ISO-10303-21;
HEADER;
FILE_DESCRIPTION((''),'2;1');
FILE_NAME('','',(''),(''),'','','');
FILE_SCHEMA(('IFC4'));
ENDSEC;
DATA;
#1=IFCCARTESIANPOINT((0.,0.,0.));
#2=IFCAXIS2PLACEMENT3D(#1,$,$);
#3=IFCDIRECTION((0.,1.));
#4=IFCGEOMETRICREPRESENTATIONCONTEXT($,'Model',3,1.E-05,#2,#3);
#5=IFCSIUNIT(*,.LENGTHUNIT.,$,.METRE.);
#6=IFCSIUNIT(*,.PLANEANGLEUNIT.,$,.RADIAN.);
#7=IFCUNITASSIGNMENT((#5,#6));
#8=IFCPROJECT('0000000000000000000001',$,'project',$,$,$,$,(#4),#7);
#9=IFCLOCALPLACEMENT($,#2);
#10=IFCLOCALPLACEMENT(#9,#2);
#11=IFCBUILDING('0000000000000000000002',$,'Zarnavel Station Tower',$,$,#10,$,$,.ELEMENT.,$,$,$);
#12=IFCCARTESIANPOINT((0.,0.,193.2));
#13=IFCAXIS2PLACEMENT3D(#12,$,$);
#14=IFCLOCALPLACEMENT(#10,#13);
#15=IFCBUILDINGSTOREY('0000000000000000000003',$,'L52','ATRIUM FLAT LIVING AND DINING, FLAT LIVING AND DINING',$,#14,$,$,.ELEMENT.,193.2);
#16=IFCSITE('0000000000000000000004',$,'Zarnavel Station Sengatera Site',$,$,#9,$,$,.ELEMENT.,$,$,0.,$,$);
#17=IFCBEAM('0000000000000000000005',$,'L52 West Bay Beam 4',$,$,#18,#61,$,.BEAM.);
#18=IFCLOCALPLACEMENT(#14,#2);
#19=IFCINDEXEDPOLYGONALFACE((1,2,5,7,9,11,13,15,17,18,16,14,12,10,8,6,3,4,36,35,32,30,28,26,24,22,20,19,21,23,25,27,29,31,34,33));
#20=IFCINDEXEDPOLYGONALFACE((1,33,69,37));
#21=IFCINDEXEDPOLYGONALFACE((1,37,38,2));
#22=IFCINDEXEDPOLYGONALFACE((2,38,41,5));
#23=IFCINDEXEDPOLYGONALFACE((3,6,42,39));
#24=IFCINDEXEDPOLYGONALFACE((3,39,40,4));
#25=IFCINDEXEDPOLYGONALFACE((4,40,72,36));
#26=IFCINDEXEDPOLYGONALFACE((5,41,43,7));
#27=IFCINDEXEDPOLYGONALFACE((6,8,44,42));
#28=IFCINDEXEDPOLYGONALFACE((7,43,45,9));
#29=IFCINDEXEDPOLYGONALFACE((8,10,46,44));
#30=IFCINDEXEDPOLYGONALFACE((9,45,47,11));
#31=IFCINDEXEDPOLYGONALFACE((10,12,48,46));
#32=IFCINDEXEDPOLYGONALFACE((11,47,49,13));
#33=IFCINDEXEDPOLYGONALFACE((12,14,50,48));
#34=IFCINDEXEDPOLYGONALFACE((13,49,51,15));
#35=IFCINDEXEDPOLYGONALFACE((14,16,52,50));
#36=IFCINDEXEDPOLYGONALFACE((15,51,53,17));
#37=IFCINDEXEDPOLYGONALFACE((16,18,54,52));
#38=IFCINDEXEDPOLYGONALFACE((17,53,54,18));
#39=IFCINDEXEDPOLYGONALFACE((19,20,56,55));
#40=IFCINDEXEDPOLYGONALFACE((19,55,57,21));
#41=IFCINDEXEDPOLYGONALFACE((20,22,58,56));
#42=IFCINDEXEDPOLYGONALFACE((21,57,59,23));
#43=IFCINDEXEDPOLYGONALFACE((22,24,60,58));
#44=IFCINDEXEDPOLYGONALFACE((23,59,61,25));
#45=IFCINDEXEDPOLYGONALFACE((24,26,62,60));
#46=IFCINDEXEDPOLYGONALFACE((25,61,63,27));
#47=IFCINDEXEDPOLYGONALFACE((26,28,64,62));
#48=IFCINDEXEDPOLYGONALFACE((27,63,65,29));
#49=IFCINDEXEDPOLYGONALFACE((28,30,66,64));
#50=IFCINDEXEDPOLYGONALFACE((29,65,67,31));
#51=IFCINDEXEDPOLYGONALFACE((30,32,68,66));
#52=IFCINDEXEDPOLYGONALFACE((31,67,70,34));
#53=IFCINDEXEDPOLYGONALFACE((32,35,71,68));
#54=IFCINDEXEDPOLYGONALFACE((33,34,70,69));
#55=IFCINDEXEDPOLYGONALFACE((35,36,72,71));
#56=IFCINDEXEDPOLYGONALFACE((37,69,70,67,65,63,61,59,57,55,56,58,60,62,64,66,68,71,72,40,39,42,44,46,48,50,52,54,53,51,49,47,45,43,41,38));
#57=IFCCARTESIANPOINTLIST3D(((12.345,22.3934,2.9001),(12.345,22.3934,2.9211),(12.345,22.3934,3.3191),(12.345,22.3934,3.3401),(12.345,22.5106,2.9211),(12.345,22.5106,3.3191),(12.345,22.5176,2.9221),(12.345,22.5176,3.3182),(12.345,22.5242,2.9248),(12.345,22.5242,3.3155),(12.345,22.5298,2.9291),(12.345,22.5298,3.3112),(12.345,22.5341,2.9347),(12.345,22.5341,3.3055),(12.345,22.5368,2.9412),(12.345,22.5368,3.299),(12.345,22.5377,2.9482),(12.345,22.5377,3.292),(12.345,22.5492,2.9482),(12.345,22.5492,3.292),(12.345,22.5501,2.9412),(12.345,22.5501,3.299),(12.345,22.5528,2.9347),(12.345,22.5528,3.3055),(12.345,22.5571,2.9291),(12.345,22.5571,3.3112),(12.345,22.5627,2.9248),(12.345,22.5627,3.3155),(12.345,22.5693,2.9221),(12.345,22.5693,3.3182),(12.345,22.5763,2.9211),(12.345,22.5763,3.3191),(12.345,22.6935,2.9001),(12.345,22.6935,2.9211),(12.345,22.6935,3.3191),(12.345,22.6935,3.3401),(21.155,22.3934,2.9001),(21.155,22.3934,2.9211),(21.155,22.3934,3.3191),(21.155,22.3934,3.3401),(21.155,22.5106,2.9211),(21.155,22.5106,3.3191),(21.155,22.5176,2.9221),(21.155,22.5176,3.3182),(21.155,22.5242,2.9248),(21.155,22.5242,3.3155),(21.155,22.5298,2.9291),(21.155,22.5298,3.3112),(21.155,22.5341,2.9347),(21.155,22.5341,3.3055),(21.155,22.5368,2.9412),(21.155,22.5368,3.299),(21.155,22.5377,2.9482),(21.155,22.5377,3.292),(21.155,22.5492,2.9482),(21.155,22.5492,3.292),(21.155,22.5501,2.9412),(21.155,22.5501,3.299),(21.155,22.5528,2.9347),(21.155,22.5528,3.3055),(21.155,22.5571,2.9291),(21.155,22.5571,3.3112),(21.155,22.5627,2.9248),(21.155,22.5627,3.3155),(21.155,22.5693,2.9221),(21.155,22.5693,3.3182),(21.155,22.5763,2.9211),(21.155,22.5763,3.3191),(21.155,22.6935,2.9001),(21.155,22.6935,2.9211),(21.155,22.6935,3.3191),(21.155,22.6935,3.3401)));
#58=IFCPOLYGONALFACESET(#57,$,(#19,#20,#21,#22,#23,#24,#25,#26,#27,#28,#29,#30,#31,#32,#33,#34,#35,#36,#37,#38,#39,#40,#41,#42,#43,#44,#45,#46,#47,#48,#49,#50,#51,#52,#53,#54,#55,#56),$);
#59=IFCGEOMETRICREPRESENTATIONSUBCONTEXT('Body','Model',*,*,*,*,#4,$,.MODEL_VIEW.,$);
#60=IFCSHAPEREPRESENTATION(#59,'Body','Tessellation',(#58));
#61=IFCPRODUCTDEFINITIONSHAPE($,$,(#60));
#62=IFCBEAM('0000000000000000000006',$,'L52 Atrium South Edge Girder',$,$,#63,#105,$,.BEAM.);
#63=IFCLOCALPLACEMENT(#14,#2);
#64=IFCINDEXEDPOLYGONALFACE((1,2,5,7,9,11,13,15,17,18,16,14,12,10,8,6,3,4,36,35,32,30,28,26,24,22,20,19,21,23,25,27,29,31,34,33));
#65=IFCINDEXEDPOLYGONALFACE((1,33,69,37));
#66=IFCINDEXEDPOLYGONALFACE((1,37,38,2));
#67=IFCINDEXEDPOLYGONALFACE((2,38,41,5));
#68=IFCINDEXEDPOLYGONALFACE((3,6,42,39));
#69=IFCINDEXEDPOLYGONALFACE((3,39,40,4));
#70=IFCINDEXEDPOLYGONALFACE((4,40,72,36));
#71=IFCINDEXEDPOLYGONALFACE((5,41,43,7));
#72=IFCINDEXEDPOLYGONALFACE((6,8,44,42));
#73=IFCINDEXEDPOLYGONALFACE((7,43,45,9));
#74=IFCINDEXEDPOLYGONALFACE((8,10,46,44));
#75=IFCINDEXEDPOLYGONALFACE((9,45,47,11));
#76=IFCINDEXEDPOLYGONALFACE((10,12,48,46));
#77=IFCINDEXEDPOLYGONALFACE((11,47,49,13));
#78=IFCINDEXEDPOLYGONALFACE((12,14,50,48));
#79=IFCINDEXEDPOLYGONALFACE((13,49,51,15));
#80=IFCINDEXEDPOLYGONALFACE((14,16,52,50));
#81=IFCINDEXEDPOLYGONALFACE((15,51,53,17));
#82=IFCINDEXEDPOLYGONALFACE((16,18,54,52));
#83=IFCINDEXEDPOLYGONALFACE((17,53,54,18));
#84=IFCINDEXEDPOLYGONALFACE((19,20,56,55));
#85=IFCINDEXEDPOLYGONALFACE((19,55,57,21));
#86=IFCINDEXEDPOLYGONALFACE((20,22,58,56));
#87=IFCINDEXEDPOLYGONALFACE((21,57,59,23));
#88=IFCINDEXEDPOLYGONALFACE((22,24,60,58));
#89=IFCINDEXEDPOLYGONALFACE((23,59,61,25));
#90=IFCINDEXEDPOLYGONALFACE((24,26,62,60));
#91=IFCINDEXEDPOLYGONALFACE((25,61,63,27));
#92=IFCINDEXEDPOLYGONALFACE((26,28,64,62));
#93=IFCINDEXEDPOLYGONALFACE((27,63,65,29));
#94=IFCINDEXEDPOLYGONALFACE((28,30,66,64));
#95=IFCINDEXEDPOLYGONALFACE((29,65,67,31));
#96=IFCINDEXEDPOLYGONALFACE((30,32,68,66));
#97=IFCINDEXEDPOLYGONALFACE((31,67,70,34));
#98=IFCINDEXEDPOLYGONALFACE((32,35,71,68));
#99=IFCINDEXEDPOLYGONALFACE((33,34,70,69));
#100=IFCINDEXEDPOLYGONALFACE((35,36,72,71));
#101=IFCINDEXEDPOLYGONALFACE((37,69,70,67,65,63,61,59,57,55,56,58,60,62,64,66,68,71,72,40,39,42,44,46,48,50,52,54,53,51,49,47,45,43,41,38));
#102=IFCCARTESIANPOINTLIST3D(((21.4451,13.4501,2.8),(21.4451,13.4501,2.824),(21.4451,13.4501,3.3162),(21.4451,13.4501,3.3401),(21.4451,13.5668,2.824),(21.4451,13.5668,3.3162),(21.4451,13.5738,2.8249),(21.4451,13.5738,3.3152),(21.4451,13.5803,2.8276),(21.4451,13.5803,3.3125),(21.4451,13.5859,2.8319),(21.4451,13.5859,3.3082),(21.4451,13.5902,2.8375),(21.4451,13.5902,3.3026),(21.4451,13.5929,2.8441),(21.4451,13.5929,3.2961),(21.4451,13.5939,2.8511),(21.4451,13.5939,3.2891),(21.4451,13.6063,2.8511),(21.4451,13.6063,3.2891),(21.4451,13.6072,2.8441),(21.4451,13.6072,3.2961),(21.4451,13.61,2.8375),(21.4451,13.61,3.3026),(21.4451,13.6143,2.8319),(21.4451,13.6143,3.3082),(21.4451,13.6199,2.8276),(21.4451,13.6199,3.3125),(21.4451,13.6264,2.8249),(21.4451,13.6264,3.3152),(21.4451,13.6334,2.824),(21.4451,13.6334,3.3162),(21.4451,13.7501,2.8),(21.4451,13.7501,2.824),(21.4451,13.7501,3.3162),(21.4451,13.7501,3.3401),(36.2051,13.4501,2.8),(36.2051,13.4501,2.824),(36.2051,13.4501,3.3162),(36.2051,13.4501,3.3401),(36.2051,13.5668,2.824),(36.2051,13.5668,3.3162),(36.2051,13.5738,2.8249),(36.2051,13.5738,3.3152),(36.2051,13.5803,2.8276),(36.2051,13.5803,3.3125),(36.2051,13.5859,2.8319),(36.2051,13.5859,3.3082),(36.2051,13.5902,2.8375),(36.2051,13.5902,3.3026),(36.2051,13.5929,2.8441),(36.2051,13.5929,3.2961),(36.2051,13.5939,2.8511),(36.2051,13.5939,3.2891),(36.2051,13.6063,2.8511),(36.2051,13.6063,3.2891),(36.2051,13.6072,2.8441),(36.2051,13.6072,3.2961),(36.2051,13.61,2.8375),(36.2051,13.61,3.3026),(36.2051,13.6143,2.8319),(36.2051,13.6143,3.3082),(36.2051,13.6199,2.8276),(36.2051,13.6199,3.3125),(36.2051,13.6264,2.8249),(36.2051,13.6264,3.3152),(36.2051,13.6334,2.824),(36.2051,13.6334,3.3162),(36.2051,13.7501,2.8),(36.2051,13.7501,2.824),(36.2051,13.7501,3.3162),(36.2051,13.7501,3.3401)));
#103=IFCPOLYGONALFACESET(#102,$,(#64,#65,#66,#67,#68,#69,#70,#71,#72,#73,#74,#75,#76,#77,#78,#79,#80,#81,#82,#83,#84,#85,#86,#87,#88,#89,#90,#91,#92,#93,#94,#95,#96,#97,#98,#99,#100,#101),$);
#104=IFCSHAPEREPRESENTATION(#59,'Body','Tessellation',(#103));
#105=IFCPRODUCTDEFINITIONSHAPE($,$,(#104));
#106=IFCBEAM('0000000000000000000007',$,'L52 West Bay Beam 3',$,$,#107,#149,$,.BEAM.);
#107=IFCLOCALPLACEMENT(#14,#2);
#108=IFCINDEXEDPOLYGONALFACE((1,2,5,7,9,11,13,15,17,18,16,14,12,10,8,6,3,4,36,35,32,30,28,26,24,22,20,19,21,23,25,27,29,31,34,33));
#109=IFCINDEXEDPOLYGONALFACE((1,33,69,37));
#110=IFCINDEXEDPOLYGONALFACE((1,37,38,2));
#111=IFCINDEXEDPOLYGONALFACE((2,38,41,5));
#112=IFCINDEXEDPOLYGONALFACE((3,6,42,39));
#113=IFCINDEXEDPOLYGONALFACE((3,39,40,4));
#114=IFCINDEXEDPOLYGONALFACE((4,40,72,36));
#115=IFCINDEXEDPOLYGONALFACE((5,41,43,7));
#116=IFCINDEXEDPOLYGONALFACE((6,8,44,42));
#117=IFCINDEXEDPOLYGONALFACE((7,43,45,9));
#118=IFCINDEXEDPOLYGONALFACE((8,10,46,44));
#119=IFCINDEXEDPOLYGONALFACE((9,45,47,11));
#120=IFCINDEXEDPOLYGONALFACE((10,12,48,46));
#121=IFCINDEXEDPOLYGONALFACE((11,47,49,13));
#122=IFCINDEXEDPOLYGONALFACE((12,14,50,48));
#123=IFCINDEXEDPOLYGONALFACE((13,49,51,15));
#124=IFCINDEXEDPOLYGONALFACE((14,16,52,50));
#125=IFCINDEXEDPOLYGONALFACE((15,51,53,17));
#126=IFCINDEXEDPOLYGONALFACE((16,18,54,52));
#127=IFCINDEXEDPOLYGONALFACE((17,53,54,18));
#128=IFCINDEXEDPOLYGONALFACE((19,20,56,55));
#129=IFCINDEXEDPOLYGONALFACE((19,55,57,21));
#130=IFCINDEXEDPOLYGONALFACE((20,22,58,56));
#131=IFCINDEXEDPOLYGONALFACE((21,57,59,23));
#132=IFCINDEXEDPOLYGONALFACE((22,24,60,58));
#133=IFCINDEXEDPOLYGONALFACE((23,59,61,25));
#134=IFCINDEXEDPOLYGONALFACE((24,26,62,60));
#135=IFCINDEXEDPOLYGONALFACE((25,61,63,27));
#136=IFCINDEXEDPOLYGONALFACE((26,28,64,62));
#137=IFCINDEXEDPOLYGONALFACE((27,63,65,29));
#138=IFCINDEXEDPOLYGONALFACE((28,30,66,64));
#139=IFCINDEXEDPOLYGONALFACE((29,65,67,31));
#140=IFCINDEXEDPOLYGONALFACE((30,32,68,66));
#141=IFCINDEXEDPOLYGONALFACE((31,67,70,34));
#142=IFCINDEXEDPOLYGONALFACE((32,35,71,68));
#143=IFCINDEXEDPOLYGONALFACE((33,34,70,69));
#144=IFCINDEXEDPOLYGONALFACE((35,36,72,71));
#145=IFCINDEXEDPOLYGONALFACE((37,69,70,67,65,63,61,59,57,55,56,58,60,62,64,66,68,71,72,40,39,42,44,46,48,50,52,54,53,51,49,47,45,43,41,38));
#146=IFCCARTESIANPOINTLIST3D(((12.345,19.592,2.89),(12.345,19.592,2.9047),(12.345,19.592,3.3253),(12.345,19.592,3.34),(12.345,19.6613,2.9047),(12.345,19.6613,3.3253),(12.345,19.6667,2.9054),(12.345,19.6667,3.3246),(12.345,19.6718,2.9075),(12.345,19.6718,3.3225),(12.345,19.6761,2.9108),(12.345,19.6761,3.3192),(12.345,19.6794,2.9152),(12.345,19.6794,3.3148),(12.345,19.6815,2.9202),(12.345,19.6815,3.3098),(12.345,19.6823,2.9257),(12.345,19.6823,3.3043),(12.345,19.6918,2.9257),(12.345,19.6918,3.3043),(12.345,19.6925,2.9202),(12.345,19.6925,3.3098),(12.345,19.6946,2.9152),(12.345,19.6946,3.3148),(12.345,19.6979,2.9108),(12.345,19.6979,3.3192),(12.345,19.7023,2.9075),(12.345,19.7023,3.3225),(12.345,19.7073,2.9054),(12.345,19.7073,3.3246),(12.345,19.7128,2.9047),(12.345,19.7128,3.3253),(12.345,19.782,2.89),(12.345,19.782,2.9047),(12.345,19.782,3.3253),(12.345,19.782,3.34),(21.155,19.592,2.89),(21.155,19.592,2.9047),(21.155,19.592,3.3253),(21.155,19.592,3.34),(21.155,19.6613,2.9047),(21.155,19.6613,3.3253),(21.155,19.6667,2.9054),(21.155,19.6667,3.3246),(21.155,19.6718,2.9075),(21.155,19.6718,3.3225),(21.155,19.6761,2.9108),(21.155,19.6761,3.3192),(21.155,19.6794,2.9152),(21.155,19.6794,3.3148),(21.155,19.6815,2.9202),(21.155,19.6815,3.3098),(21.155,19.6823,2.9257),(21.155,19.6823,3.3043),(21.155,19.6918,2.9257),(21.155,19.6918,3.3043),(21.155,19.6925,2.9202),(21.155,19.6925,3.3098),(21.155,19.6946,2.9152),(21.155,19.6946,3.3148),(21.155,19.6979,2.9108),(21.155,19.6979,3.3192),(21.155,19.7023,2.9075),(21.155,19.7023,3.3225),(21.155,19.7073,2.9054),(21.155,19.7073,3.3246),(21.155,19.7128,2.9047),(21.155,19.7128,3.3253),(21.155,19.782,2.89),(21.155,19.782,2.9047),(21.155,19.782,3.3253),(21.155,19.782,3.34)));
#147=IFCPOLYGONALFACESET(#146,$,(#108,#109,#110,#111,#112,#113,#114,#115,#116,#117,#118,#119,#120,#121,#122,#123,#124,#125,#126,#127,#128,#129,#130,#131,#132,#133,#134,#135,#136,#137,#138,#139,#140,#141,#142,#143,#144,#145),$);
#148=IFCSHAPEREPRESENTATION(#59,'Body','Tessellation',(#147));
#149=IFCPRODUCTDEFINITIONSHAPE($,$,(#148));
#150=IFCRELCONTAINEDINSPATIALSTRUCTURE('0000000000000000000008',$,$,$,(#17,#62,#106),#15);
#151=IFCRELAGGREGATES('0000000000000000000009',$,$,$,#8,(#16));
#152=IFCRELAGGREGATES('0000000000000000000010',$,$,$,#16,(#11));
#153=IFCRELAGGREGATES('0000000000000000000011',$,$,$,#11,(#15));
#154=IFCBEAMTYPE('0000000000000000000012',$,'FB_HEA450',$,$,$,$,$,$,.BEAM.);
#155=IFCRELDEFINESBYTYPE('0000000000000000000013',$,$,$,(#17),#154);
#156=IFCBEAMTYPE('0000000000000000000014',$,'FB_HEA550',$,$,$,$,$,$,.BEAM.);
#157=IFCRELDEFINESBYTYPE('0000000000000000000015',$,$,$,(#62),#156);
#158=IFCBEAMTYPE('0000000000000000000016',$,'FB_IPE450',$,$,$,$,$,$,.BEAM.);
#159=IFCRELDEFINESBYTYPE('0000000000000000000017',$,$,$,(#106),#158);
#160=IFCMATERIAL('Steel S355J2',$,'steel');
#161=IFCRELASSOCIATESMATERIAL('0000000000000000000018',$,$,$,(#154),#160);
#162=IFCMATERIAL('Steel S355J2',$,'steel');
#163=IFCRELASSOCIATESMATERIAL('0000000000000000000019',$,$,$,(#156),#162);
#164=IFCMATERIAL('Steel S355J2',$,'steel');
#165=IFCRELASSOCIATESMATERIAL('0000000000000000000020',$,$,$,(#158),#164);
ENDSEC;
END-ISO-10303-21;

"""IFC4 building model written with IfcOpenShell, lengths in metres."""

from ifc_helpers import new_model, si_unit, direction, frame, origin, origin_2d, place, context, subcontext, project, spatial, i_section, extrude, material, material_profile, profile_set, type_object, element, save


model = new_model("IFC4")

# Units and contexts
model_context = context("Model", 3, precision=1e-05, world=origin(), true_north=direction((0.0, 1.0)))
body_context = subcontext(model_context, "Body", "Model", "MODEL_VIEW")
ifc_project = project(units=[si_unit("LENGTHUNIT", "METRE"), si_unit("PLANEANGLEUNIT", "RADIAN")], contexts=[model_context])

# Site, building, storey
site_placement = place(None, origin())
site = spatial("IfcSite", under=ifc_project, at=site_placement, Name="Zarnavel Station Sengatera Site", CompositionType="ELEMENT", RefElevation=0.0)
building_placement = place(site_placement, origin())
building = spatial("IfcBuilding", under=site, at=building_placement, Name="Zarnavel Station Tower", CompositionType="ELEMENT")
storey_placement = place(building_placement, frame((0.0, 0.0, 193.2)))
storey = spatial("IfcBuildingStorey", under=building, at=storey_placement, Name="L52", Description="ATRIUM FLAT LIVING AND DINING, FLAT LIVING AND DINING", CompositionType="ELEMENT", Elevation=193.2)

# Beams
ifc_material_1 = material(Name="Steel S355J2", Category="steel")
ifc_material_profile_1 = material_profile(ifc_material_1, i_section(OverallWidth=0.3, OverallDepth=0.4399, WebThickness=0.0115, FlangeThickness=0.021, FilletRadius=0.0271, at=origin_2d()), Name="HEA450")
ifc_profile_set_1 = profile_set([ifc_material_profile_1], Name="Steel S355J2")
beam_type_1 = type_object("IfcBeamType", Name="FB_HEA450", PredefinedType="BEAM", material=ifc_profile_set_1)
for number, where, z_axis, x_axis, name in (
    (1, (12.345, 22.5435, 3.1201), (1.0, 0.0, 0.0), (0.0, 1.0, 0.0), "L52 West Bay Beam 4"),
):
    element("IfcBeam", number, at=place(storey_placement, frame(where, z_axis=z_axis, x_axis=x_axis)), inside=storey, type_object=beam_type_1, Name=name, PredefinedType="BEAM", context=body_context, shape_type="SweptSolid", body=[
        extrude(i_section(OverallWidth=0.3, OverallDepth=0.4399, WebThickness=0.0115, FlangeThickness=0.021, FilletRadius=0.0271, at=origin_2d()), origin(), (0.0, 0.0, 1.0), 8.8101),
    ])
ifc_material_2 = material(Name="Steel S355J2", Category="steel")
ifc_material_profile_2 = material_profile(ifc_material_2, i_section(OverallWidth=0.3, OverallDepth=0.54, WebThickness=0.0125, FlangeThickness=0.0239, FilletRadius=0.0271, at=origin_2d()), Name="HEA550")
ifc_profile_set_2 = profile_set([ifc_material_profile_2], Name="Steel S355J2")
beam_type_2 = type_object("IfcBeamType", Name="FB_HEA550", PredefinedType="BEAM", material=ifc_profile_set_2)
beam_1_placement = place(storey_placement, frame((21.4451, 13.6001, 3.0701), z_axis=(1.0, 0.0, 0.0), x_axis=(0.0, 1.0, 0.0)))
element("IfcBeam", 2, at=beam_1_placement, inside=storey, type_object=beam_type_2, Name="L52 Atrium South Edge Girder", PredefinedType="BEAM", context=body_context, shape_type="SweptSolid", body=[
    extrude(i_section(OverallWidth=0.3, OverallDepth=0.54, WebThickness=0.0125, FlangeThickness=0.0239, FilletRadius=0.0271, at=origin_2d()), origin(), (0.0, 0.0, 1.0), 14.76),
])
ifc_material_3 = material(Name="Steel S355J2", Category="steel")
ifc_material_profile_3 = material_profile(ifc_material_3, i_section(OverallWidth=0.1899, OverallDepth=0.45, WebThickness=0.0095, FlangeThickness=0.0146, FilletRadius=0.021, at=origin_2d()), Name="IPE450")
ifc_profile_set_3 = profile_set([ifc_material_profile_3], Name="Steel S355J2")
beam_type_3 = type_object("IfcBeamType", Name="FB_IPE450", PredefinedType="BEAM", material=ifc_profile_set_3)
beam_2_placement = place(storey_placement, frame((12.345, 19.687, 3.115), z_axis=(1.0, 0.0, 0.0), x_axis=(0.0, 1.0, 0.0)))
element("IfcBeam", 3, at=beam_2_placement, inside=storey, type_object=beam_type_3, Name="L52 West Bay Beam 3", PredefinedType="BEAM", context=body_context, shape_type="SweptSolid", body=[
    extrude(i_section(OverallWidth=0.1899, OverallDepth=0.45, WebThickness=0.0095, FlangeThickness=0.0146, FilletRadius=0.021, at=origin_2d()), origin(), (0.0, 0.0, 1.0), 8.8101),
])

save(model, "model.ifc")
